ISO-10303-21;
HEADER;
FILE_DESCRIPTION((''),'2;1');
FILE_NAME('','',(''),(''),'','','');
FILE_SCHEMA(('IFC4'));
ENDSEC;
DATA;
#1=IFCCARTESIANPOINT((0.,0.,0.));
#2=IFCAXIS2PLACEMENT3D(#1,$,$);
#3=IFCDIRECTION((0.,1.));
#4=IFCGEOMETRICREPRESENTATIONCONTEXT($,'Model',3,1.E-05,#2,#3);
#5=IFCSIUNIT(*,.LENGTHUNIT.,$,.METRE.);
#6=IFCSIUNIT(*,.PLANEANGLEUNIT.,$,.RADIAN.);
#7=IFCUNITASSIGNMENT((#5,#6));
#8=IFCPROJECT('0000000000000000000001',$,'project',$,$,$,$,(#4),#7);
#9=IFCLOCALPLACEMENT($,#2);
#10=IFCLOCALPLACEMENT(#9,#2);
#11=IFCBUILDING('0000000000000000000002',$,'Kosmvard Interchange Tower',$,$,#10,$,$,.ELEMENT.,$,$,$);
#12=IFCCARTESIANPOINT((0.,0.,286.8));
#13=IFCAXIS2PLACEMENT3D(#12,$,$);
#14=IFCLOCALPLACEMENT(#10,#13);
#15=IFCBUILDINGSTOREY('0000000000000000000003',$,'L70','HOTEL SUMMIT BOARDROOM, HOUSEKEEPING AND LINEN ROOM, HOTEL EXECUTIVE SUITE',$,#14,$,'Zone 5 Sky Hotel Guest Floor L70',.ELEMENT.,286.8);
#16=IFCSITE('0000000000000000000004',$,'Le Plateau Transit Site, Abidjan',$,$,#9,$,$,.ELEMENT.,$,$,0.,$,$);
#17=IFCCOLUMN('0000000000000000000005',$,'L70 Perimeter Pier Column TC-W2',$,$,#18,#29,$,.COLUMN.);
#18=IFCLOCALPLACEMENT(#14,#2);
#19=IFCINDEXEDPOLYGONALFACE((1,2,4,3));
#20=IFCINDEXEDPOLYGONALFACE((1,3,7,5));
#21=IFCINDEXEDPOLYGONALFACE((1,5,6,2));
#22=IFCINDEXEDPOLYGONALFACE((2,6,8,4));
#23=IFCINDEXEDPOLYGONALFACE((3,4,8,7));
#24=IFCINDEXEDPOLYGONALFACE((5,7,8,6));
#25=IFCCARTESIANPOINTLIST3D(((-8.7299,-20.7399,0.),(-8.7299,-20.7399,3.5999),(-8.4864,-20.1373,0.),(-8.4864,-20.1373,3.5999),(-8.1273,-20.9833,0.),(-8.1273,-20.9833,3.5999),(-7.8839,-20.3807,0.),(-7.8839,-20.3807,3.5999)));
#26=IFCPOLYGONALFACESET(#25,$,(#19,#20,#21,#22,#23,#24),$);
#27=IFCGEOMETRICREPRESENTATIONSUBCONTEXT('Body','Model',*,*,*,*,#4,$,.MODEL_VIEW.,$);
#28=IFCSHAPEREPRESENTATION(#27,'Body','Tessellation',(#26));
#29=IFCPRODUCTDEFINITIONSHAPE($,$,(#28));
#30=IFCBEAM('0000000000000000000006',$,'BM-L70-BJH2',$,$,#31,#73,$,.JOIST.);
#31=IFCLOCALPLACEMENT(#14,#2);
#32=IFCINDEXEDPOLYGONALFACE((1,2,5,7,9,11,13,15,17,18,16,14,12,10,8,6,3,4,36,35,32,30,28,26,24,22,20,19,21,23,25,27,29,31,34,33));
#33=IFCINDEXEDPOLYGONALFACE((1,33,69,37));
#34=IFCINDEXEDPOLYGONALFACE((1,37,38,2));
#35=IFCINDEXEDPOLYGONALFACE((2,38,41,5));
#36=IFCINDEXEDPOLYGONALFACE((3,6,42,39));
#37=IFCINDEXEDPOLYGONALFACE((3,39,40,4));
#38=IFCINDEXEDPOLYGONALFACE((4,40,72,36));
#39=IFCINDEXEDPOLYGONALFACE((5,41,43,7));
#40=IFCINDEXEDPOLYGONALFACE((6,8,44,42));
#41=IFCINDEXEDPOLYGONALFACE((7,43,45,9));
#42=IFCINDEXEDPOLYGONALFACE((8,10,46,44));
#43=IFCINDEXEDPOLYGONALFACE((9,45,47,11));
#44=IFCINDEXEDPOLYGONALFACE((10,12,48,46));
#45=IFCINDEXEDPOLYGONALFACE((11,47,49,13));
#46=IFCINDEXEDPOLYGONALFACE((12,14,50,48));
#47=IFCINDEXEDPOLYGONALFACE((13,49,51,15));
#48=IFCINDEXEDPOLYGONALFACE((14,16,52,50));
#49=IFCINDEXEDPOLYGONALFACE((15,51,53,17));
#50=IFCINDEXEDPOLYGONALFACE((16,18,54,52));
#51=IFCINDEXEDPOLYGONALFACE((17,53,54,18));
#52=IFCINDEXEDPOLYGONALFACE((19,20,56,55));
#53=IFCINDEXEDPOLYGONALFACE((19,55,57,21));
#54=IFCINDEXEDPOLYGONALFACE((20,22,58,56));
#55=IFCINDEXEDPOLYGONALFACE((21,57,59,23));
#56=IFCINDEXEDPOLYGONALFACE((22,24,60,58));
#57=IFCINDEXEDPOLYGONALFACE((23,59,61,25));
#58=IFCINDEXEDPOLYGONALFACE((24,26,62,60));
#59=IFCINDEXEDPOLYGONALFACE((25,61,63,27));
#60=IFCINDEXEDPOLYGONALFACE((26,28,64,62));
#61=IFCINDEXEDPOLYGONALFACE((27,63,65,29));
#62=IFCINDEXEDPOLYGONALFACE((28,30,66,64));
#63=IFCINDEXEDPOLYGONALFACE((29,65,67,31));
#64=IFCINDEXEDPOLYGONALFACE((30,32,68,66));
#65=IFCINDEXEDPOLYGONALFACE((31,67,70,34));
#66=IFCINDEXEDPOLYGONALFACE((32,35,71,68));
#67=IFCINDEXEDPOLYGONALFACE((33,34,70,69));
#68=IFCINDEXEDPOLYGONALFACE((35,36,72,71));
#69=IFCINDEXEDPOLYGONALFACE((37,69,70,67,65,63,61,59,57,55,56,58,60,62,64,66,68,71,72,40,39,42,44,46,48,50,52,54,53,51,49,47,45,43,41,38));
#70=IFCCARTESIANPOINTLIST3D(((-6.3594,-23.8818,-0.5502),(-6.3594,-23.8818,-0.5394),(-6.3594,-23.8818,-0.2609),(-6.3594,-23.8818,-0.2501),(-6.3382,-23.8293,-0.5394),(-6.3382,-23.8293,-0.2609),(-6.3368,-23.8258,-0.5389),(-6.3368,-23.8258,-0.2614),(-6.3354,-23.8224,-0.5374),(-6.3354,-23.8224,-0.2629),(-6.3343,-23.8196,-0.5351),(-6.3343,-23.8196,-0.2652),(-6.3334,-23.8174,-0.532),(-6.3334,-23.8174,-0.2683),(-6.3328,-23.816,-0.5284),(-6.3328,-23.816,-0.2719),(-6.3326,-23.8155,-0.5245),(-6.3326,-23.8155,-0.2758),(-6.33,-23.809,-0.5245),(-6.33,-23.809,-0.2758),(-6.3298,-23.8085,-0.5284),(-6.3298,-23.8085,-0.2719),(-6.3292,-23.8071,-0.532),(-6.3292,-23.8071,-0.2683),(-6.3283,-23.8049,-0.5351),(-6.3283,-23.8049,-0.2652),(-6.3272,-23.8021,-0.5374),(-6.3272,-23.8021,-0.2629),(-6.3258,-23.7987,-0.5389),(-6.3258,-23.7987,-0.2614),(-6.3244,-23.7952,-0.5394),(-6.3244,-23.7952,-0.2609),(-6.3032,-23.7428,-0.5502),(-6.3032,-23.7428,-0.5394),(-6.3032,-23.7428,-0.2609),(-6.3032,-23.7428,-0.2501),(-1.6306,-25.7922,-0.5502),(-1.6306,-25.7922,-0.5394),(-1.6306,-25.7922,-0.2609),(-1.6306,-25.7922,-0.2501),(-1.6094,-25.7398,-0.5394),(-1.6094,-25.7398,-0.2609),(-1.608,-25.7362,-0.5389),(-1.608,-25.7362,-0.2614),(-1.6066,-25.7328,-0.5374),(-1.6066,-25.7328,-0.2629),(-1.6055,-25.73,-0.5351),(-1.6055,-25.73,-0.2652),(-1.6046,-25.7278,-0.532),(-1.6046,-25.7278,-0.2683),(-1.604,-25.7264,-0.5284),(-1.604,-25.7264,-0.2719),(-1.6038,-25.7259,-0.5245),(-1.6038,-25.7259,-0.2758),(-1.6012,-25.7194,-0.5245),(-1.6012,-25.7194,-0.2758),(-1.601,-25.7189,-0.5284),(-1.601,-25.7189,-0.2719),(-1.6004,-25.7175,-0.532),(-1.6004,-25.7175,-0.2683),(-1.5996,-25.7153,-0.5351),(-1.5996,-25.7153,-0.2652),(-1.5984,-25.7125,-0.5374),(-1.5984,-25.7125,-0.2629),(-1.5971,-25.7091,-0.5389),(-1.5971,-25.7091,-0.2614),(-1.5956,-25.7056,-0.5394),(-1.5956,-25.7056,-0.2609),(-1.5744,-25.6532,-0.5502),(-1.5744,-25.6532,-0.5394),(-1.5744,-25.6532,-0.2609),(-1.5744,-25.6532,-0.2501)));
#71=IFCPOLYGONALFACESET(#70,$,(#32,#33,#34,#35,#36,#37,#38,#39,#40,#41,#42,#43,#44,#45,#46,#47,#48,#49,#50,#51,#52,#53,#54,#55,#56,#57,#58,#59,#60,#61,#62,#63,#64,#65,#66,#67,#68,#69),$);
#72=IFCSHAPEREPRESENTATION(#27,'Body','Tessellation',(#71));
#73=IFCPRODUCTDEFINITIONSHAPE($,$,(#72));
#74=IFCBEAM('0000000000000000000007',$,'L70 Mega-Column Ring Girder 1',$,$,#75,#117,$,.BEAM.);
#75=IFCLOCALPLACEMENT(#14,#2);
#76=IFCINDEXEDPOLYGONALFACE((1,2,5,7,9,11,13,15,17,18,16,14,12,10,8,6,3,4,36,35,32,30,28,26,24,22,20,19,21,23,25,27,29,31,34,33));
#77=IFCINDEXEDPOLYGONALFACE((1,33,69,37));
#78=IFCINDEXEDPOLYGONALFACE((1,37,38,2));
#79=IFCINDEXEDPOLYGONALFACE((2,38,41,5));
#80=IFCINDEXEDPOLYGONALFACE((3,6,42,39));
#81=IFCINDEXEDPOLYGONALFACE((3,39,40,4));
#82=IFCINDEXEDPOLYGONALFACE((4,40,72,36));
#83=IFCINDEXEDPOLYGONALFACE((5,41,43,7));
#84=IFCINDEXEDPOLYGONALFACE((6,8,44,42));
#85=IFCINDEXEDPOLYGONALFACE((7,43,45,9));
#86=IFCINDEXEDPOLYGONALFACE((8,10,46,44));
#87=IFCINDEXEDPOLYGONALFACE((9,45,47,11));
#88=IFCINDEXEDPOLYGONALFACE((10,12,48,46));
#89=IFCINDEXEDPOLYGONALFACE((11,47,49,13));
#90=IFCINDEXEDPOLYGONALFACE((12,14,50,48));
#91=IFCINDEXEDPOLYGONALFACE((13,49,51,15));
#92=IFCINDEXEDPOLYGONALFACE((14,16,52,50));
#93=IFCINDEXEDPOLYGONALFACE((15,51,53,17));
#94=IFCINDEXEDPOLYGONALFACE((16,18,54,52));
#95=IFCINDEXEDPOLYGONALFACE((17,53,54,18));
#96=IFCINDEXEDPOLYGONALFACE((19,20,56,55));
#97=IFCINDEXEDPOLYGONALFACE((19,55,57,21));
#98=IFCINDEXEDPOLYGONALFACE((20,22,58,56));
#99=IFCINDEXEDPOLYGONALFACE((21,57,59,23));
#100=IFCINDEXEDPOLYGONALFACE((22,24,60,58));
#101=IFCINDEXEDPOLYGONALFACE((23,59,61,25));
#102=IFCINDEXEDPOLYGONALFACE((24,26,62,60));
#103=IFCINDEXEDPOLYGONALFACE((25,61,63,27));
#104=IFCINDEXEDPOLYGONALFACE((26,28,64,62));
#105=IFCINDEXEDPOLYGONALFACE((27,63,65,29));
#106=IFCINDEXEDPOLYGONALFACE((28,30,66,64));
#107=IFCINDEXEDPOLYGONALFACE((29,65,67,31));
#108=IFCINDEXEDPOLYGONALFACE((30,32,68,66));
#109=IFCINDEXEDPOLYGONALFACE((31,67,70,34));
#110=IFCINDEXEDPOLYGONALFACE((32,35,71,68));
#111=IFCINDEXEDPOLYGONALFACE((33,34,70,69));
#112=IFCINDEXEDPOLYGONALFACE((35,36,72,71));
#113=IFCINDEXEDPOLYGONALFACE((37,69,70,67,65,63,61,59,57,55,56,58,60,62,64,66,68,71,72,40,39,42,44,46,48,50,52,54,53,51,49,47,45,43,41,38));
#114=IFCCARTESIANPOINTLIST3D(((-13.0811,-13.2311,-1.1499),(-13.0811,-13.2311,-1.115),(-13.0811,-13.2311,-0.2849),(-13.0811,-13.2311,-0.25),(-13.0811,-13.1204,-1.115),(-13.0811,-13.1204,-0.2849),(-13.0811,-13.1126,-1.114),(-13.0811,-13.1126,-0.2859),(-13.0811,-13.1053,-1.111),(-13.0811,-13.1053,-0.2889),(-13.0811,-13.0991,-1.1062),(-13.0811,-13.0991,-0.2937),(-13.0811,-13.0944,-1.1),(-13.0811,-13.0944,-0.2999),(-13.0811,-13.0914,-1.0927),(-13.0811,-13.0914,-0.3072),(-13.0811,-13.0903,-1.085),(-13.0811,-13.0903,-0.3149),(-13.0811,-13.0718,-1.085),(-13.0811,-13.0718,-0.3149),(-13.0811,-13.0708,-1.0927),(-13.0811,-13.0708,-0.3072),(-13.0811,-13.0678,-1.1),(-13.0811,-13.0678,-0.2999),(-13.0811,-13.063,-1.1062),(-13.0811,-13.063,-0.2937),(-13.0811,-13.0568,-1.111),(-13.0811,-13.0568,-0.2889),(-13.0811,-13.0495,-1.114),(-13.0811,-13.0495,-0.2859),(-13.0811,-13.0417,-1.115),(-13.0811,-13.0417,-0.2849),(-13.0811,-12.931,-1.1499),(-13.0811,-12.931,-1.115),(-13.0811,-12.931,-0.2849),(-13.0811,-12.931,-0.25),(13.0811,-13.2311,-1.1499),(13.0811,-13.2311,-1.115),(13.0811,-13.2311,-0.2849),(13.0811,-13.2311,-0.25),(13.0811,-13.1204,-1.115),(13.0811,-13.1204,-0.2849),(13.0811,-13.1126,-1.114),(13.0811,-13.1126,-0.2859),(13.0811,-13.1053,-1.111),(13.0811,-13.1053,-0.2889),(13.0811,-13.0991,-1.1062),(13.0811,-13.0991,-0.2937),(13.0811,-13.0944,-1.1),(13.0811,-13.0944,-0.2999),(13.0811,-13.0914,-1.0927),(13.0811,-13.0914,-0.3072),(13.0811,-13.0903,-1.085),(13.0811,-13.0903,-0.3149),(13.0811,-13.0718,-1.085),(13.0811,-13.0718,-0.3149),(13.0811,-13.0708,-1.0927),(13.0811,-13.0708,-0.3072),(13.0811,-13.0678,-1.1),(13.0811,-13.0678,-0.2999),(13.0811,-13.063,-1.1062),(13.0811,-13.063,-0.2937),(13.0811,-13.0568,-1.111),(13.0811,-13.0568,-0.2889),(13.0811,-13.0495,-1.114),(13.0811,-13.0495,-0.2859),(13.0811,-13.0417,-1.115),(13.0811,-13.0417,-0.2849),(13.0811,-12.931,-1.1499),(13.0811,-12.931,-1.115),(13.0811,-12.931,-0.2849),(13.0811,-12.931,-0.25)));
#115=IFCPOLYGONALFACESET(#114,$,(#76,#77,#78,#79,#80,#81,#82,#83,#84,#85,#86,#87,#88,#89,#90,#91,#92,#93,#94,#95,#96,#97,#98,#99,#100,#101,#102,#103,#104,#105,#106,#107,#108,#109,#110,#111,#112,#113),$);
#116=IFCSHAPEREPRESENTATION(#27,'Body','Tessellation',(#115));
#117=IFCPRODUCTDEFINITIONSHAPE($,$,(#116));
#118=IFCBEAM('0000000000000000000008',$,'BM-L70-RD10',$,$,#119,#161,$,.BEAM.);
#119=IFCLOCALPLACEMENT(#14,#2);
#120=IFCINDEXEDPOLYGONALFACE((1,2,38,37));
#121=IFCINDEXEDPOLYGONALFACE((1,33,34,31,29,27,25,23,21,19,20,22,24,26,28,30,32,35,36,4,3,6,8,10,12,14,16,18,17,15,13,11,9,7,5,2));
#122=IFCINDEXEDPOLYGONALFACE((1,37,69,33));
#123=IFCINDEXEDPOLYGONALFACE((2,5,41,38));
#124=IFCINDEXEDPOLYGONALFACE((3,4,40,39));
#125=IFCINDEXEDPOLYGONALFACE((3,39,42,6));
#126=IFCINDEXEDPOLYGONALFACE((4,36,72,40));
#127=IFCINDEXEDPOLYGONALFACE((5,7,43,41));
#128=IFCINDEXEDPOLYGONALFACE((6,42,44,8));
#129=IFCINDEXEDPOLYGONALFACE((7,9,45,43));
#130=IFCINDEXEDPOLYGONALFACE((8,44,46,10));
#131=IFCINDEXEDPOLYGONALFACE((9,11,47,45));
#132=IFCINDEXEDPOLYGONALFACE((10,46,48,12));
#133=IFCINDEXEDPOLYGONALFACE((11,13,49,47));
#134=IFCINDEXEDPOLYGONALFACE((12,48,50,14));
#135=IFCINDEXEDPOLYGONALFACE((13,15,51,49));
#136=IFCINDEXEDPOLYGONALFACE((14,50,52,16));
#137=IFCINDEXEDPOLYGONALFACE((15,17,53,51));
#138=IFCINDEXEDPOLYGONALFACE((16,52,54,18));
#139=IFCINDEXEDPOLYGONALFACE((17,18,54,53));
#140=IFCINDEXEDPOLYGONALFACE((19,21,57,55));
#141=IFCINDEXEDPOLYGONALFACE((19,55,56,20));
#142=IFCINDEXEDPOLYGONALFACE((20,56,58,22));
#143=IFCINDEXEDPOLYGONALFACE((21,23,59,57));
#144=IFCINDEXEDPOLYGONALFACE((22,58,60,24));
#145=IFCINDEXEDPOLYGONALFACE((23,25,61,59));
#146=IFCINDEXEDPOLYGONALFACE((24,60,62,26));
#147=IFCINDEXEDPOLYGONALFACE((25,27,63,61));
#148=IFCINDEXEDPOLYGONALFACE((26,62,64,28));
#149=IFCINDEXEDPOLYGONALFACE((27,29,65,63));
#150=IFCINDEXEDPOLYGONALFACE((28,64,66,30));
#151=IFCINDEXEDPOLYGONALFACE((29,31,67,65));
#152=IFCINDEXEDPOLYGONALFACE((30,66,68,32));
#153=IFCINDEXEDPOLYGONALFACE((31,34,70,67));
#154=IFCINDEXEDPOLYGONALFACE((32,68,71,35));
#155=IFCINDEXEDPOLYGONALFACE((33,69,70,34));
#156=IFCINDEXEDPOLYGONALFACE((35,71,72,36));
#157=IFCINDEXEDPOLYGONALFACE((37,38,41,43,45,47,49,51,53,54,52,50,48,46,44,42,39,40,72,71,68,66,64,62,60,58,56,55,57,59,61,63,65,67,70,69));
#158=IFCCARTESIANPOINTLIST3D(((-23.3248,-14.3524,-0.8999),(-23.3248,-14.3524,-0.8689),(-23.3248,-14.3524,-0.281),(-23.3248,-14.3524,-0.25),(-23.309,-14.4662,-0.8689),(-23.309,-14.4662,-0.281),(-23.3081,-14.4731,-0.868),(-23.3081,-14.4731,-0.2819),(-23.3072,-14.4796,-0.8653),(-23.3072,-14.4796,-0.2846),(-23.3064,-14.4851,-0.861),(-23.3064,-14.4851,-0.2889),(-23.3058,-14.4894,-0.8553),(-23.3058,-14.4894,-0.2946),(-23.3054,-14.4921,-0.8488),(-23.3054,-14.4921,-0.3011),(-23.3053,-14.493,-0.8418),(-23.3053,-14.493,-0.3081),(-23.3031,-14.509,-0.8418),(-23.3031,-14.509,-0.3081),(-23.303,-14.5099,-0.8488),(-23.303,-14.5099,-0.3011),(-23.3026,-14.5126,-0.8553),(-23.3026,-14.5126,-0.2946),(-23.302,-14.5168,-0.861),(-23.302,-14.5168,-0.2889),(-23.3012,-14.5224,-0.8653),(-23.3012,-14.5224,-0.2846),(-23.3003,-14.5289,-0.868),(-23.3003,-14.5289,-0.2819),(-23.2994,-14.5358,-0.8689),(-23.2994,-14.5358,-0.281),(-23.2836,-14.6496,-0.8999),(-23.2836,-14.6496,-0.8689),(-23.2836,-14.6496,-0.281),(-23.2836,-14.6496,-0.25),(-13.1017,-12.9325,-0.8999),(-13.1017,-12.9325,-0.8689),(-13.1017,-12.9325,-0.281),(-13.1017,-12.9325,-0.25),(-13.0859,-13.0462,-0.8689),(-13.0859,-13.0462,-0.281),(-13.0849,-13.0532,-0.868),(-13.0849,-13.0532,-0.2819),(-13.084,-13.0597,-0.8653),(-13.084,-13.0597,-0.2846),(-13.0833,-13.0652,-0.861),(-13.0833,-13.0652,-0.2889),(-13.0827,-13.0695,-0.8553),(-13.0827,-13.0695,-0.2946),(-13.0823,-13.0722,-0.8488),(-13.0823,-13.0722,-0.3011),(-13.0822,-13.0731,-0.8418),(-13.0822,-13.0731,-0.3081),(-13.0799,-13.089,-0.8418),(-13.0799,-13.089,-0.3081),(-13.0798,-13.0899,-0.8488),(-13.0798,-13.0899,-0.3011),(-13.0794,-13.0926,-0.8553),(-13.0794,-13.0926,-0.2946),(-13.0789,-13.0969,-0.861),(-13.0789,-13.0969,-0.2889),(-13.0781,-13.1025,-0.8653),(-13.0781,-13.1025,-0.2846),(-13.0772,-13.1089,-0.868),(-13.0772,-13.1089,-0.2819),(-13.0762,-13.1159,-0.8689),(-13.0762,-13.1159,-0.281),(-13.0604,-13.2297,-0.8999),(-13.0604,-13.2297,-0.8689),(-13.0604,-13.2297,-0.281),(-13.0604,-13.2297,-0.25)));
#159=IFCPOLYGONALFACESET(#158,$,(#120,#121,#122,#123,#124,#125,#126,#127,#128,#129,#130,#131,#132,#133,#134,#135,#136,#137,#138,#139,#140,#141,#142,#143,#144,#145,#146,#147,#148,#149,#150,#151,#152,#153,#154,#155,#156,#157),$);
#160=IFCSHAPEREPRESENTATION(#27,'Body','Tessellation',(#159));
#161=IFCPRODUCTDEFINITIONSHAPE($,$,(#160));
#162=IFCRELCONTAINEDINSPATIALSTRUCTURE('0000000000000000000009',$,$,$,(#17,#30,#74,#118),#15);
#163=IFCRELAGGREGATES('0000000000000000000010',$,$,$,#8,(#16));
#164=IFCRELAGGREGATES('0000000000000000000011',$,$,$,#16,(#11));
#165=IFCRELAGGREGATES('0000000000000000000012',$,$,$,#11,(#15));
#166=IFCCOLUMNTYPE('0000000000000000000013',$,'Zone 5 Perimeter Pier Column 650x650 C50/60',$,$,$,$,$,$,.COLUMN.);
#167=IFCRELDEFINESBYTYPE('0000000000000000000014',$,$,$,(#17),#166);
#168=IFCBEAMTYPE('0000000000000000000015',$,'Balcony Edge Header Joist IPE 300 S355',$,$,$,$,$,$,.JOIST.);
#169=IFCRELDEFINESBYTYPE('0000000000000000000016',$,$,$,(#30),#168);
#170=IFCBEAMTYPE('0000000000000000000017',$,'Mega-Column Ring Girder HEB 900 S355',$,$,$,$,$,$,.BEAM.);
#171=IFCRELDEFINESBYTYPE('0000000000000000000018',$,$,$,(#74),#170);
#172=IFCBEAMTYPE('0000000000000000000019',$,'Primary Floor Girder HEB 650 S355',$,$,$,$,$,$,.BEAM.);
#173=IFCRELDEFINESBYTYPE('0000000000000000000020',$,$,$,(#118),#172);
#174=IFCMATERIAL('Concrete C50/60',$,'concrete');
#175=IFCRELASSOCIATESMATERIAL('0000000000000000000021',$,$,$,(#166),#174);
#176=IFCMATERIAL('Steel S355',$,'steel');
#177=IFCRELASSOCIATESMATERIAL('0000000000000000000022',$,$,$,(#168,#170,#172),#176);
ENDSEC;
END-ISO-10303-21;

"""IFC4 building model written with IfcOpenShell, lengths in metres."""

from ifc_helpers import new_model, si_unit, direction, frame, origin, origin_2d, place, context, subcontext, project, spatial, rectangle, i_section, extrude, source, transform, mapped, material, material_profile, profile_set, type_object, element, save


model = new_model("IFC4")

# Units and contexts
model_context = context("Model", 3, precision=1e-05, world=origin(), true_north=direction((0.0, 1.0)))
body_context = subcontext(model_context, "Body", "Model", "MODEL_VIEW")
ifc_project = project(units=[si_unit("LENGTHUNIT", "METRE"), si_unit("PLANEANGLEUNIT", "RADIAN")], contexts=[model_context])

# Site, building, storey
site_placement = place(None, origin())
site = spatial("IfcSite", under=ifc_project, at=site_placement, Name="Le Plateau Transit Site, Abidjan", CompositionType="ELEMENT", RefElevation=0.0)
building_placement = place(site_placement, origin())
building = spatial("IfcBuilding", under=site, at=building_placement, Name="Kosmvard Interchange Tower", CompositionType="ELEMENT")
storey_placement = place(building_placement, frame((0.0, 0.0, 286.8)))
storey = spatial("IfcBuildingStorey", under=building, at=storey_placement, Name="L70", Description="HOTEL SUMMIT BOARDROOM, HOUSEKEEPING AND LINEN ROOM, HOTEL EXECUTIVE SUITE", LongName="Zone 5 Sky Hotel Guest Floor L70", CompositionType="ELEMENT", Elevation=286.8)

# Column
ifc_material_1 = material(Name="Concrete C50/60", Category="concrete")
ifc_material_profile_1 = material_profile(ifc_material_1, rectangle(XDim=0.6499, YDim=0.6499, at=origin_2d()), Name="TC 650x650")
ifc_profile_set_1 = profile_set([ifc_material_profile_1], Name="Concrete C50/60")
column_type = type_object("IfcColumnType", Name="Zone 5 Perimeter Pier Column 650x650 C50/60", PredefinedType="COLUMN", material=ifc_profile_set_1)
shared_shape_1 = source(origin(), body_context, "Body", "SweptSolid", [
    extrude(rectangle(XDim=0.6499, YDim=0.6499, at=origin_2d()), origin(), (0.0, 0.0, 1.0), 3.5999),
])
column_placement = place(storey_placement, frame((-8.3069, -20.5603, 0.0), z_axis=(0.0, 0.0, 1.0), x_axis=(0.374607, 0.927184, 0.0)))
element("IfcColumn", 1, at=column_placement, inside=storey, type_object=column_type, Name="L70 Perimeter Pier Column TC-W2", PredefinedType="COLUMN", context=body_context, shape_type="MappedRepresentation", body=[
    mapped(shared_shape_1, transform((0.0, 0.0, 0.0), scale=1.0)),
])

# Beams
ifc_material_2 = material(Name="Steel S355", Category="steel")
ifc_material_profile_2 = material_profile(ifc_material_2, i_section(OverallWidth=0.1499, OverallDepth=0.3, WebThickness=0.0071, FlangeThickness=0.0107, FilletRadius=0.0149, at=origin_2d()), Name="IPE 300")
ifc_profile_set_2 = profile_set([ifc_material_profile_2], Name="Steel S355")
beam_type_1 = type_object("IfcBeamType", Name="Balcony Edge Header Joist IPE 300 S355", PredefinedType="JOIST", material=ifc_profile_set_2)
shared_shape_2 = source(origin(), body_context, "Body", "SweptSolid", [
    extrude(i_section(OverallWidth=0.1499, OverallDepth=0.3, WebThickness=0.0071, FlangeThickness=0.0107, FilletRadius=0.0149, at=origin_2d()), origin(), (0.0, 0.0, 1.0), 5.1001),
])
beam_1_placement = place(storey_placement, frame((-6.3313, -23.8123, -0.4001), z_axis=(0.927194, -0.374583, 0.0), x_axis=(0.374583, 0.927194, 0.0)))
element("IfcBeam", 2, at=beam_1_placement, inside=storey, type_object=beam_type_1, Name="BM-L70-BJH2", PredefinedType="JOIST", context=body_context, shape_type="MappedRepresentation", body=[
    mapped(shared_shape_2, transform((0.0, 0.0, 0.0), scale=1.0)),
])
ifc_material_profile_3 = material_profile(ifc_material_2, i_section(OverallWidth=0.3, OverallDepth=0.8999, WebThickness=0.0186, FlangeThickness=0.0349, FilletRadius=0.03, at=origin_2d()), Name="HEB 900")
ifc_profile_set_3 = profile_set([ifc_material_profile_3], Name="Steel S355")
beam_type_2 = type_object("IfcBeamType", Name="Mega-Column Ring Girder HEB 900 S355", PredefinedType="BEAM", material=ifc_profile_set_3)
shared_shape_3 = source(origin(), body_context, "Body", "SweptSolid", [
    extrude(i_section(OverallWidth=0.3, OverallDepth=0.8999, WebThickness=0.0186, FlangeThickness=0.0349, FilletRadius=0.03, at=origin_2d()), origin(), (0.0, 0.0, 1.0), 26.1621),
])
beam_2_placement = place(storey_placement, frame((-13.0811, -13.0811, -0.7), z_axis=(1.0, 0.0, 0.0), x_axis=(0.0, 1.0, 0.0)))
element("IfcBeam", 3, at=beam_2_placement, inside=storey, type_object=beam_type_2, Name="L70 Mega-Column Ring Girder 1", PredefinedType="BEAM", context=body_context, shape_type="MappedRepresentation", body=[
    mapped(shared_shape_3, transform((0.0, 0.0, 0.0), scale=1.0)),
])
ifc_material_profile_4 = material_profile(ifc_material_2, i_section(OverallWidth=0.3, OverallDepth=0.6499, WebThickness=0.0161, FlangeThickness=0.031, FilletRadius=0.0271, at=origin_2d()), Name="HEB 650")
ifc_profile_set_4 = profile_set([ifc_material_profile_4], Name="Steel S355")
beam_type_3 = type_object("IfcBeamType", Name="Primary Floor Girder HEB 650 S355", PredefinedType="BEAM", material=ifc_profile_set_4)
shared_shape_4 = source(origin(), body_context, "Body", "SweptSolid", [
    extrude(i_section(OverallWidth=0.3, OverallDepth=0.6499, WebThickness=0.0161, FlangeThickness=0.031, FilletRadius=0.0271, at=origin_2d()), origin(), (0.0, 0.0, 1.0), 10.3213),
])
beam_3_placement = place(storey_placement, frame((-13.0811, -13.0811, -0.575), z_axis=(-0.990492, -0.137572, 0.0), x_axis=(0.137572, -0.990492, 0.0)))
element("IfcBeam", 4, at=beam_3_placement, inside=storey, type_object=beam_type_3, Name="BM-L70-RD10", PredefinedType="BEAM", context=body_context, shape_type="MappedRepresentation", body=[
    mapped(shared_shape_4, transform((0.0, 0.0, 0.0), scale=1.0)),
])

save(model, "model.ifc")
